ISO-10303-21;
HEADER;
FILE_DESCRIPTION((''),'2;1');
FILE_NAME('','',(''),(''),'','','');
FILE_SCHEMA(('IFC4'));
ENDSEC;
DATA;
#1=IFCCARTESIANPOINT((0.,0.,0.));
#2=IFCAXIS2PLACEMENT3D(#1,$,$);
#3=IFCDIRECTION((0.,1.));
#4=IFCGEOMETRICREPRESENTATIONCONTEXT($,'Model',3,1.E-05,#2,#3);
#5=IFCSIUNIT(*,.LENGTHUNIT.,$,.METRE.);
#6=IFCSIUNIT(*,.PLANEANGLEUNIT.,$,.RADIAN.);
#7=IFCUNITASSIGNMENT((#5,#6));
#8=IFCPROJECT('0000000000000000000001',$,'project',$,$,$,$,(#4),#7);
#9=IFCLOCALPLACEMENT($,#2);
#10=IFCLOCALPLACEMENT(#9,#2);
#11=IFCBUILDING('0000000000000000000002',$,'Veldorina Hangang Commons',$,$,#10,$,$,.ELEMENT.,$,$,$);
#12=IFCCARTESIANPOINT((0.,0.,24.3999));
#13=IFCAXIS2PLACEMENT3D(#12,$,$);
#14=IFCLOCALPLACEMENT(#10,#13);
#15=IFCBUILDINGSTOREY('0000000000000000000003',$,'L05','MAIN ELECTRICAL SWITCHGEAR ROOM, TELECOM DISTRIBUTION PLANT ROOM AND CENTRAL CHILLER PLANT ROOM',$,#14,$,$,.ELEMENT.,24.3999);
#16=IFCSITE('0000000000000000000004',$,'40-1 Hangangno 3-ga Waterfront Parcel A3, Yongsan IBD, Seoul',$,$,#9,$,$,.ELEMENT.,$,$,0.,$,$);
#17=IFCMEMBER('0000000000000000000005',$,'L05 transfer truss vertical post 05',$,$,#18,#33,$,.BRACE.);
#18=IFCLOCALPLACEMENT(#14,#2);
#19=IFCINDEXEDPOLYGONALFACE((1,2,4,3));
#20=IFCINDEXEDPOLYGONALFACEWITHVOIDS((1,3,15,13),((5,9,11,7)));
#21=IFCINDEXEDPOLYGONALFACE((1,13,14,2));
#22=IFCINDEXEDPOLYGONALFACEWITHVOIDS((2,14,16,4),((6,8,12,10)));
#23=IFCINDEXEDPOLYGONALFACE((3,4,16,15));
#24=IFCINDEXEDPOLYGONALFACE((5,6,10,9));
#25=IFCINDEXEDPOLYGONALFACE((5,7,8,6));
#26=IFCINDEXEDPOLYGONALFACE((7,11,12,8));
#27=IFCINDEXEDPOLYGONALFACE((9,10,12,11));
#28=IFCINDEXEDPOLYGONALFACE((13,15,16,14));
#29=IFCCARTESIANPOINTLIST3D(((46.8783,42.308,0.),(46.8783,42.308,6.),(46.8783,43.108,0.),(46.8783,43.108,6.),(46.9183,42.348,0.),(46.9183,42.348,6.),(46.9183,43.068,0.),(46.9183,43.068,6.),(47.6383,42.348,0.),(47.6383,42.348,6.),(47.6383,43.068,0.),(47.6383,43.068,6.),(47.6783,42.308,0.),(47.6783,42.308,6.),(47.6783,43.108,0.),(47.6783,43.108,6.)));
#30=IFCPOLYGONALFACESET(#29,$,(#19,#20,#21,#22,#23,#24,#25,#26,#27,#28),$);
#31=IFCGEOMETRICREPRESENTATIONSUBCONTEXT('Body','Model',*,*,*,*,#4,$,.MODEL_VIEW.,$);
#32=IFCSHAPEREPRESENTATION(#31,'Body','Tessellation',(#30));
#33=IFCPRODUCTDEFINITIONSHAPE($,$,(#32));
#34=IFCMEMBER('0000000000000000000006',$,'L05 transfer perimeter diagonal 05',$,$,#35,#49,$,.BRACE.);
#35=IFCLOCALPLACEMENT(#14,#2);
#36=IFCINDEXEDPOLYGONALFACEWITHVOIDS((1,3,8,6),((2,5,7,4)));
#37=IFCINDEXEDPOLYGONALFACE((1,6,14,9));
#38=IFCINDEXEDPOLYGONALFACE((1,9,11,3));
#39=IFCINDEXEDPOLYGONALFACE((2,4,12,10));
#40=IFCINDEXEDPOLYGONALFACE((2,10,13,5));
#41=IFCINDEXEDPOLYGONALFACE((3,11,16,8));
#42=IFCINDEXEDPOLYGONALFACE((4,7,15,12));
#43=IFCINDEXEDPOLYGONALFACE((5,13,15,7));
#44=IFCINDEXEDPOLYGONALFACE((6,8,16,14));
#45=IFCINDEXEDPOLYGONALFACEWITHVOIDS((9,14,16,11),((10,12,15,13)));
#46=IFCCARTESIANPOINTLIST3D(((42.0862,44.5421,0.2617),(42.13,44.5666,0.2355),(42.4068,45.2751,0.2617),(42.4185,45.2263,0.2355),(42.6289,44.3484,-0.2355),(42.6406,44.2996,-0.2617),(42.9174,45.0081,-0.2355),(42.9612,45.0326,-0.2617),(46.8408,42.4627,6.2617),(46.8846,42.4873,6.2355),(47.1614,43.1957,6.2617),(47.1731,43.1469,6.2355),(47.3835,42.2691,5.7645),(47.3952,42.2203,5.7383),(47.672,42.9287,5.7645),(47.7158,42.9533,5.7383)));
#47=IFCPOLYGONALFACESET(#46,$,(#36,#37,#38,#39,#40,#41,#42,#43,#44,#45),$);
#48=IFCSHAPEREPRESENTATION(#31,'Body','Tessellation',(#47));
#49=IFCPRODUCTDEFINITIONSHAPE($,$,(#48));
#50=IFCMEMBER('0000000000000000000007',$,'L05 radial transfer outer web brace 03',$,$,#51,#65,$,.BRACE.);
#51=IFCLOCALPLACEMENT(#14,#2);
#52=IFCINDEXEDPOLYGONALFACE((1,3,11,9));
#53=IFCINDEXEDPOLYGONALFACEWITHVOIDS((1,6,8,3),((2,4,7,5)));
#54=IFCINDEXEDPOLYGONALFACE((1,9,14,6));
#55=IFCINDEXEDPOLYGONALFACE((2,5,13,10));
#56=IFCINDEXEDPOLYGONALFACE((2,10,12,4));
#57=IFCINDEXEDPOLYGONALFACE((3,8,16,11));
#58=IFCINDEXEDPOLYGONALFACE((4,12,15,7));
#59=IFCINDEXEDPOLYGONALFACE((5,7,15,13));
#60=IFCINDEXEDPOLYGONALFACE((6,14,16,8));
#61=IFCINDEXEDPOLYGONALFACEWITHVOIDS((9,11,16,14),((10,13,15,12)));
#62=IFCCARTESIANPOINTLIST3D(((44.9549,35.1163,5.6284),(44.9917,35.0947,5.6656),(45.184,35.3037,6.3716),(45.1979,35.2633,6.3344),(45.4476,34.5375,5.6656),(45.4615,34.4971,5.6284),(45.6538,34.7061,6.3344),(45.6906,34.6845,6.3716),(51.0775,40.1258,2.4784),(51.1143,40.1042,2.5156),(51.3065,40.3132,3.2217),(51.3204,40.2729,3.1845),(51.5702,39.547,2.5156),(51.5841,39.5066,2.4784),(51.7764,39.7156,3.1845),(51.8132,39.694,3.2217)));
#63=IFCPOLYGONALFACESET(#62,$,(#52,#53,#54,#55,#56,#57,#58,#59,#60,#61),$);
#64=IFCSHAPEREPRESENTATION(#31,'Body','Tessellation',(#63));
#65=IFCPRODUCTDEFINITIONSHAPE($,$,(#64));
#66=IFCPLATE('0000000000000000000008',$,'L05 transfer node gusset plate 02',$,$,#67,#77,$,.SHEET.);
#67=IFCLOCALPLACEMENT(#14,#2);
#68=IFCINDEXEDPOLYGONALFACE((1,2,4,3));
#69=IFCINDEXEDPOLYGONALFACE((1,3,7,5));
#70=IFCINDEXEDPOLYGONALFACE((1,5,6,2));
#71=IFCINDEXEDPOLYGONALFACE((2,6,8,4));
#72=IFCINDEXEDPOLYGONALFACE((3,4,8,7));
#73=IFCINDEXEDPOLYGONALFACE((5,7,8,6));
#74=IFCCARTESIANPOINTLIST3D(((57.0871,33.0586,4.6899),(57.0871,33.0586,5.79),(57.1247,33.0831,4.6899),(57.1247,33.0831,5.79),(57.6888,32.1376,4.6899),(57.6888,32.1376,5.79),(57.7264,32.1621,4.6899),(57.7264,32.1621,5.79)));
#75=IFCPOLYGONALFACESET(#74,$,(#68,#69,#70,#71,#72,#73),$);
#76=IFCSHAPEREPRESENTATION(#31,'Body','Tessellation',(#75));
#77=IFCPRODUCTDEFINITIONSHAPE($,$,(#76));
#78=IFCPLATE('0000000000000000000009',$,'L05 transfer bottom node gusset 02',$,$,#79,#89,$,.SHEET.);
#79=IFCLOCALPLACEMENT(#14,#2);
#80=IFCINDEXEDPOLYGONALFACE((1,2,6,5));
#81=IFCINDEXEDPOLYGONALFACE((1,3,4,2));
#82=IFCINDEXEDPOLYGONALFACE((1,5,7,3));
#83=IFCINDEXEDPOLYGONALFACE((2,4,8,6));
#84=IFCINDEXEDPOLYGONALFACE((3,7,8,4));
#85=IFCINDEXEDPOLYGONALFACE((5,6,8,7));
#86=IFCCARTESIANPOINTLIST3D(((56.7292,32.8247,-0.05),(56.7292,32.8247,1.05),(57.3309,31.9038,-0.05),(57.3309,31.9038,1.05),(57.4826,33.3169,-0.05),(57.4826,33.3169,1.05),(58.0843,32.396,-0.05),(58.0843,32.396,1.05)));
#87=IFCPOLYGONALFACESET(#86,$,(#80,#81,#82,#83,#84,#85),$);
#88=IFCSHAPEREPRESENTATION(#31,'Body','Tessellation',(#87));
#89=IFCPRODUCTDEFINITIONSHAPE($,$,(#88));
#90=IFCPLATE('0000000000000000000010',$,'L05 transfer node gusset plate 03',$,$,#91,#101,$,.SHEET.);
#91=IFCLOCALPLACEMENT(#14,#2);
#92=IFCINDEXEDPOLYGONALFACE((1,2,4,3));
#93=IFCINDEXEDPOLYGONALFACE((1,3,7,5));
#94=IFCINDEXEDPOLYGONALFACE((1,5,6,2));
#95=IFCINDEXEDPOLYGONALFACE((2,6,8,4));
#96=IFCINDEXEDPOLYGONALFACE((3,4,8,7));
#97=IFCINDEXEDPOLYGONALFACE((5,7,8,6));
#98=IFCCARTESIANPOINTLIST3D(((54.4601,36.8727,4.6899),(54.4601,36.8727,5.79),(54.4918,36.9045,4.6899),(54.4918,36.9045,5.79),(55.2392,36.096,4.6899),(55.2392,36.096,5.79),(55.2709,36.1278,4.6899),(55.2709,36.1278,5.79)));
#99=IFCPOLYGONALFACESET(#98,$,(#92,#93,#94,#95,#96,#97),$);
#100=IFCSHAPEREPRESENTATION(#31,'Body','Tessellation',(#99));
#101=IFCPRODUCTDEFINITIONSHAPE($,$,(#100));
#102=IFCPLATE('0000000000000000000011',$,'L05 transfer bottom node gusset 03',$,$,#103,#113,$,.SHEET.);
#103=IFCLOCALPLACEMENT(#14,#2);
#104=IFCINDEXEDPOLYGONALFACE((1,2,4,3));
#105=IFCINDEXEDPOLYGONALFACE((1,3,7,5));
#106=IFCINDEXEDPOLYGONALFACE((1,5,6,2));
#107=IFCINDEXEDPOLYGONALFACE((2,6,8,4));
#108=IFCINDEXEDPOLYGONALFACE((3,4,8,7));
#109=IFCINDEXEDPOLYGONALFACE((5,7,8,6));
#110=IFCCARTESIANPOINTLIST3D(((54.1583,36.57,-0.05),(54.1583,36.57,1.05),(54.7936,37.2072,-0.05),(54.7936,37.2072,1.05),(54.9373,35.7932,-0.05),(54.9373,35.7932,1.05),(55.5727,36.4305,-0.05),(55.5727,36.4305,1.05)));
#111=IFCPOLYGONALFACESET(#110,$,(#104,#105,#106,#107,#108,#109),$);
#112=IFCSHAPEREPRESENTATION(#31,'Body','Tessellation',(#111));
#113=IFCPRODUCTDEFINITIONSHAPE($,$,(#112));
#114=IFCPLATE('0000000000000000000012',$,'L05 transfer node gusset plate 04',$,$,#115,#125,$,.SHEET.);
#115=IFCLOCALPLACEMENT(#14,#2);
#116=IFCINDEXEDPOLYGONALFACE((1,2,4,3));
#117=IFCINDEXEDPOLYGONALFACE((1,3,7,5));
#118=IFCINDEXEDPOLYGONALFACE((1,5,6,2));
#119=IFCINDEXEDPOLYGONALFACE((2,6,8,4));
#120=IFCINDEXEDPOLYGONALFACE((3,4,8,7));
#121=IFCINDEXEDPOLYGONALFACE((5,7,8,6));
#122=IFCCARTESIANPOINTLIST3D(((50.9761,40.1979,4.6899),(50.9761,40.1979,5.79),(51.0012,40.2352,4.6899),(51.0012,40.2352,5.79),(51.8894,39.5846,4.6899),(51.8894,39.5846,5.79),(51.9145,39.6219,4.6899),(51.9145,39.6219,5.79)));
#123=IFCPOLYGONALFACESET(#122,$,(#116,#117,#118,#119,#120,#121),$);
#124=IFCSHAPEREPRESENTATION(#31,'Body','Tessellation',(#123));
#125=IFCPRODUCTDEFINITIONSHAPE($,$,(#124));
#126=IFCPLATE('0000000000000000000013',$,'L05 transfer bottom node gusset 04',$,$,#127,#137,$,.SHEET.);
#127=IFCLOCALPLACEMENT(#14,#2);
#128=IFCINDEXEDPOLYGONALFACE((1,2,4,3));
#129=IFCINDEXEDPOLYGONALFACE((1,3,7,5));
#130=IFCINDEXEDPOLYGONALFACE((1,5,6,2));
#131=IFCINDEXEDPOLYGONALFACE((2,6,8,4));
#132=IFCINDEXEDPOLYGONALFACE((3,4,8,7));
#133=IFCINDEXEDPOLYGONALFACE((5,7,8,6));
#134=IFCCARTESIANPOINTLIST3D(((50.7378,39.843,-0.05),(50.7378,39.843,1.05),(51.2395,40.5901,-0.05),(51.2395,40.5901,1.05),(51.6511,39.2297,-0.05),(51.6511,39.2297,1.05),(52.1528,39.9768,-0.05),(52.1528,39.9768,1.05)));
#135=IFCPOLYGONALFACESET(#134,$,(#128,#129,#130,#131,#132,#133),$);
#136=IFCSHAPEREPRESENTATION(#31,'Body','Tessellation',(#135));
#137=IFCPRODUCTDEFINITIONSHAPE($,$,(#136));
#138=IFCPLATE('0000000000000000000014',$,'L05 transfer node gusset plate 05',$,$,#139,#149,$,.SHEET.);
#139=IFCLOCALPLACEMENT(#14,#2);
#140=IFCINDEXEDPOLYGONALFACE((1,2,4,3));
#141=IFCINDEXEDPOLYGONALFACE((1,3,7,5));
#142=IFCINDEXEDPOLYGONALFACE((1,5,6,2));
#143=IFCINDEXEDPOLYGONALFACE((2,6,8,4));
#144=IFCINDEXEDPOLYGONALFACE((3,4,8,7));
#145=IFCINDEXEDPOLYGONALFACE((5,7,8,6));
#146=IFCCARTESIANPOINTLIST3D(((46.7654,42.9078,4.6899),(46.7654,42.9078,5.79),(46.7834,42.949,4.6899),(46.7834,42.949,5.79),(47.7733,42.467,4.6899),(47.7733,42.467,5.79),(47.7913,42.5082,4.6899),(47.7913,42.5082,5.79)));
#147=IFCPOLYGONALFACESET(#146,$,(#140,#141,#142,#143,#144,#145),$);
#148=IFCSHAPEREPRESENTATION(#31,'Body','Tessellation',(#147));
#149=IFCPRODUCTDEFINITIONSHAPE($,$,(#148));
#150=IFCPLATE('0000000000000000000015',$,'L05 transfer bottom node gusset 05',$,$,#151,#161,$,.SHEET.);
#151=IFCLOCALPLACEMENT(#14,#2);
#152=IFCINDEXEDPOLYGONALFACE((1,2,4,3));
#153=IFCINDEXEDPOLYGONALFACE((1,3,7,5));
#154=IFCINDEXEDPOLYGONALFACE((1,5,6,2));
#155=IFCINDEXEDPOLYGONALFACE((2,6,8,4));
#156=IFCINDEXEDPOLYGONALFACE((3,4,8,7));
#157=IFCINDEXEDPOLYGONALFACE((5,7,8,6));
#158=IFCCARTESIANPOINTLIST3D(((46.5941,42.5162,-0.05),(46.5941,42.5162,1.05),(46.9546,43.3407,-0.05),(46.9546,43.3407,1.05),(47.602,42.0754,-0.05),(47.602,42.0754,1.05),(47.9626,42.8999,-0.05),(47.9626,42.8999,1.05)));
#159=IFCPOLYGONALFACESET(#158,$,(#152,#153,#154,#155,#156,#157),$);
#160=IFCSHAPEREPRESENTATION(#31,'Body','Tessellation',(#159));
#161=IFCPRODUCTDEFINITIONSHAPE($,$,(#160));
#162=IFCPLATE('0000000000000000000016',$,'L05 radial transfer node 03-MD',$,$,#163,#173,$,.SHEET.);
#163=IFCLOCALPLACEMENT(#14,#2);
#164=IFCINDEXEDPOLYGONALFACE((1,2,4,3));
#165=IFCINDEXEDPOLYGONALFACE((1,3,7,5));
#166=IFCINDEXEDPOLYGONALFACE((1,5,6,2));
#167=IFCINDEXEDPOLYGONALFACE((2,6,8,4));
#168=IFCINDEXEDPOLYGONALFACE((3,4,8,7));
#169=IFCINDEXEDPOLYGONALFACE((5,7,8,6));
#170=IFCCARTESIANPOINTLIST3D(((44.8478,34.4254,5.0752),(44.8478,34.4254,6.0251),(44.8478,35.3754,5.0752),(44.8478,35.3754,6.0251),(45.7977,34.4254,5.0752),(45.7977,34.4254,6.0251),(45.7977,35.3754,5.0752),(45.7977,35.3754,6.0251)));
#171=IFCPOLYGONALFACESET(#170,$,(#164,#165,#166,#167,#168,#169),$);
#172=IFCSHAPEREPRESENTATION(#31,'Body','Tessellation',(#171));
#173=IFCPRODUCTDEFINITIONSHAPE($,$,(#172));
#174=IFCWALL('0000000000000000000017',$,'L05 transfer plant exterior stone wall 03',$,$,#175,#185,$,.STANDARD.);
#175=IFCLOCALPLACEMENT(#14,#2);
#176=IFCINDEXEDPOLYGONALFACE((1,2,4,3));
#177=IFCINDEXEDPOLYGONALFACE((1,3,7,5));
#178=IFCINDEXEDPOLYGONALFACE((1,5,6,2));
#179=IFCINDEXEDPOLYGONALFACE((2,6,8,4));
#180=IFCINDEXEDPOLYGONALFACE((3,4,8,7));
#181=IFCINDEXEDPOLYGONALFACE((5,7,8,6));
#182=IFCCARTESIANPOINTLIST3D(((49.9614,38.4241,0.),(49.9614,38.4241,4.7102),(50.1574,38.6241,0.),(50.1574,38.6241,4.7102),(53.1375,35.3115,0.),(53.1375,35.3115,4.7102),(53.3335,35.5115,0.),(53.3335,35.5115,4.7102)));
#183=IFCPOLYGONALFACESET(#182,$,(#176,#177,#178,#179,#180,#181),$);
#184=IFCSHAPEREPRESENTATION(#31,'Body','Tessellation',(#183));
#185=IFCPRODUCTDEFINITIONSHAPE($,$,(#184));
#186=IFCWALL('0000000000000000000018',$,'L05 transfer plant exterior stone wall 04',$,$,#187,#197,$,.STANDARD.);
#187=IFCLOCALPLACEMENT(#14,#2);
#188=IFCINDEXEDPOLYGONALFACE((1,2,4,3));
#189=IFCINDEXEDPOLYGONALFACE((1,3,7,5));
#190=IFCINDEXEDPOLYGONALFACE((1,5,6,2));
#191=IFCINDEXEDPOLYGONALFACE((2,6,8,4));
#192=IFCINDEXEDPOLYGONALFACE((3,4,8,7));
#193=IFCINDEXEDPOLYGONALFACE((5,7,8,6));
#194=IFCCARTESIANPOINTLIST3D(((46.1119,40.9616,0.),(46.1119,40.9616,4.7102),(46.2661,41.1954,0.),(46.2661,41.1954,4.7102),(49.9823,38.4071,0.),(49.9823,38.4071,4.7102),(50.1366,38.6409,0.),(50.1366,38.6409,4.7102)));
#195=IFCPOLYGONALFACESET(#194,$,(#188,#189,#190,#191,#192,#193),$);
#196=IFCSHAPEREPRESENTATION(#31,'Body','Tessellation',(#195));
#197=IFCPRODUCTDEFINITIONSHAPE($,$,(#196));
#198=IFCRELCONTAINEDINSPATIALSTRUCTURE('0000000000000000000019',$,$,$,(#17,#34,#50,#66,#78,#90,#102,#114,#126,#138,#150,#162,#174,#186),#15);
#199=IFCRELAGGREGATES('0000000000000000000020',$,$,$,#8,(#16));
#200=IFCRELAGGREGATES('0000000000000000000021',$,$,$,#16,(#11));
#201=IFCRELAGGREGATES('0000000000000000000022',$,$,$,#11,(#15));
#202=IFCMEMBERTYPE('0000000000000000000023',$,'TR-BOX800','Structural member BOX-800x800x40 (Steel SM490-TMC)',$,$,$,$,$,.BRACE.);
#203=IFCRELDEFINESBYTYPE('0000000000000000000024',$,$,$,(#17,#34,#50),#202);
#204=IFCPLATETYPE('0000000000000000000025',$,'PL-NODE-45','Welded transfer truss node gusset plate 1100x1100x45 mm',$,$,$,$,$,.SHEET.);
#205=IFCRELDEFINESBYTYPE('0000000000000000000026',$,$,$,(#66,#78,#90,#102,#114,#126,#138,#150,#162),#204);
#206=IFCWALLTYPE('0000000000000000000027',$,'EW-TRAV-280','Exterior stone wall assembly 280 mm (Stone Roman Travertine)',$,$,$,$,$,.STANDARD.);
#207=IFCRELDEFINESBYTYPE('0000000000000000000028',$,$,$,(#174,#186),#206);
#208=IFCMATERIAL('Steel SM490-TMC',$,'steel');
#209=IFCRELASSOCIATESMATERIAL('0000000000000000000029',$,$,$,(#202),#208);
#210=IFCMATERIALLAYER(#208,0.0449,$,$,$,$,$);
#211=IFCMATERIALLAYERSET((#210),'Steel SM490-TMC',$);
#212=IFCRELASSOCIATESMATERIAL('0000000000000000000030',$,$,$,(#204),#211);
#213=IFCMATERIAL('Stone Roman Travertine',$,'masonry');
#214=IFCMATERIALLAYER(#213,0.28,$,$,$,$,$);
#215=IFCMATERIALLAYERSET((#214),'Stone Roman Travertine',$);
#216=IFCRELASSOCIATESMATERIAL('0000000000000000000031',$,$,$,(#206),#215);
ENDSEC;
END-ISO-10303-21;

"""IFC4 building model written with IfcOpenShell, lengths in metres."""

from ifc_helpers import new_model, si_unit, direction, frame, frame_2d, origin, origin_2d, place, context, subcontext, project, spatial, rectangle, hollow_rectangle, extrude, material, layer, layer_set, material_profile, profile_set, type_object, element, save


model = new_model("IFC4")

# Units and contexts
model_context = context("Model", 3, precision=1e-05, world=origin(), true_north=direction((0.0, 1.0)))
body_context = subcontext(model_context, "Body", "Model", "MODEL_VIEW")
ifc_project = project(units=[si_unit("LENGTHUNIT", "METRE"), si_unit("PLANEANGLEUNIT", "RADIAN")], contexts=[model_context])

# Site, building, storey
site_placement = place(None, origin())
site = spatial("IfcSite", under=ifc_project, at=site_placement, Name="40-1 Hangangno 3-ga Waterfront Parcel A3, Yongsan IBD, Seoul", CompositionType="ELEMENT", RefElevation=0.0)
building_placement = place(site_placement, origin())
building = spatial("IfcBuilding", under=site, at=building_placement, Name="Veldorina Hangang Commons", CompositionType="ELEMENT")
storey_placement = place(building_placement, frame((0.0, 0.0, 24.3999)))
storey = spatial("IfcBuildingStorey", under=building, at=storey_placement, Name="L05", Description="MAIN ELECTRICAL SWITCHGEAR ROOM, TELECOM DISTRIBUTION PLANT ROOM AND CENTRAL CHILLER PLANT ROOM", CompositionType="ELEMENT", Elevation=24.3999)

# Shared definitions
ifc_material_1 = material(Name="Steel SM490-TMC", Category="steel")

# Members
ifc_material_profile_1 = material_profile(ifc_material_1, hollow_rectangle(XDim=0.8, YDim=0.8, WallThickness=0.04, at=origin_2d()), Name="BOX-800x800x40")
ifc_profile_set_1 = profile_set([ifc_material_profile_1], Name="Steel SM490-TMC")
member_type = type_object("IfcMemberType", Name="TR-BOX800", Description="Structural member BOX-800x800x40 (Steel SM490-TMC)", PredefinedType="BRACE", material=ifc_profile_set_1)
member_1_placement = place(storey_placement, frame((47.2783, 42.708, 0.0), z_axis=(0.0, 0.0, 1.0), x_axis=(1.0, 0.0, 0.0)))
element("IfcMember", 1, at=member_1_placement, inside=storey, type_object=member_type, Name="L05 transfer truss vertical post 05", PredefinedType="BRACE", context=body_context, shape_type="SweptSolid", body=[
    extrude(hollow_rectangle(XDim=0.8, YDim=0.8, WallThickness=0.04, at=origin_2d()), origin(), (0.0, 0.0, 1.0), 6.0),
])
member_2_placement = place(storey_placement, frame((47.2783, 42.708, 6.0), z_axis=(-0.59936, 0.262118, -0.756348), x_axis=(-0.400688, -0.916215, 0.0)))
element("IfcMember", 2, at=member_2_placement, inside=storey, type_object=member_type, Name="L05 transfer perimeter diagonal 05", PredefinedType="BRACE", context=body_context, shape_type="SweptSolid", body=[
    extrude(hollow_rectangle(XDim=0.8, YDim=0.8, WallThickness=0.04, at=origin_2d()), origin(), (0.0, 0.0, 1.0), 7.9329),
])
member_3_placement = place(storey_placement, frame((45.3228, 34.9004, 6.0), z_axis=(0.719044, 0.588327, -0.36993), x_axis=(-0.63325, 0.773948, 0.0)))
element("IfcMember", 3, at=member_3_placement, inside=storey, type_object=member_type, Name="L05 radial transfer outer web brace 03", PredefinedType="BRACE", context=body_context, shape_type="SweptSolid", body=[
    extrude(hollow_rectangle(XDim=0.8, YDim=0.8, WallThickness=0.04, at=origin_2d()), origin(), (0.0, 0.0, 1.0), 8.5149),
])

# Plates
ifc_layer_1 = layer(ifc_material_1, 0.0449)
ifc_layer_set_1 = layer_set([ifc_layer_1], Name="Steel SM490-TMC")
plate_type = type_object("IfcPlateType", Name="PL-NODE-45", Description="Welded transfer truss node gusset plate 1100x1100x45 mm", PredefinedType="SHEET", material=ifc_layer_set_1)
plate_1_placement = place(storey_placement, frame((57.4067, 32.6104, 4.6899), z_axis=(0.0, 0.0, 1.0), x_axis=(-0.546935, 0.837175, 0.0)))
element("IfcPlate", 4, at=plate_1_placement, inside=storey, type_object=plate_type, Name="L05 transfer node gusset plate 02", PredefinedType="SHEET", context=body_context, shape_type="SweptSolid", body=[
    extrude(rectangle(XDim=1.1001, YDim=0.0449, at=origin_2d()), origin(), (0.0, 0.0, 1.0), 1.1001),
])
plate_2_placement = place(storey_placement, frame((57.4067, 32.6104, -0.05), z_axis=(0.0, 0.0, 1.0), x_axis=(-0.546935, 0.837175, 0.0)))
element("IfcPlate", 5, at=plate_2_placement, inside=storey, type_object=plate_type, Name="L05 transfer bottom node gusset 02", PredefinedType="SHEET", context=body_context, shape_type="SweptSolid", body=[
    extrude(rectangle(XDim=1.1001, YDim=0.8999, at=origin_2d()), origin(), (0.0, 0.0, 1.0), 1.1001),
])
plate_3_placement = place(storey_placement, frame((54.8655, 36.5002, 4.6899), z_axis=(0.0, 0.0, 1.0), x_axis=(-0.70818, 0.706032, 0.0)))
element("IfcPlate", 6, at=plate_3_placement, inside=storey, type_object=plate_type, Name="L05 transfer node gusset plate 03", PredefinedType="SHEET", context=body_context, shape_type="SweptSolid", body=[
    extrude(rectangle(XDim=1.1001, YDim=0.0449, at=origin_2d()), origin(), (0.0, 0.0, 1.0), 1.1001),
])
plate_4_placement = place(storey_placement, frame((54.8655, 36.5002, -0.05), z_axis=(0.0, 0.0, 1.0), x_axis=(-0.70818, 0.706032, 0.0)))
element("IfcPlate", 7, at=plate_4_placement, inside=storey, type_object=plate_type, Name="L05 transfer bottom node gusset 03", PredefinedType="SHEET", context=body_context, shape_type="SweptSolid", body=[
    extrude(rectangle(XDim=1.1001, YDim=0.8999, at=origin_2d()), origin(), (0.0, 0.0, 1.0), 1.1001),
])
plate_5_placement = place(storey_placement, frame((51.4453, 39.9099, 4.6899), z_axis=(0.0, 0.0, 1.0), x_axis=(-0.830197, 0.55747, 0.0)))
element("IfcPlate", 8, at=plate_5_placement, inside=storey, type_object=plate_type, Name="L05 transfer node gusset plate 04", PredefinedType="SHEET", context=body_context, shape_type="SweptSolid", body=[
    extrude(rectangle(XDim=1.1001, YDim=0.0449, at=origin_2d()), origin(), (0.0, 0.0, 1.0), 1.1001),
])
plate_6_placement = place(storey_placement, frame((51.4453, 39.9099, -0.05), z_axis=(0.0, 0.0, 1.0), x_axis=(-0.830197, 0.55747, 0.0)))
element("IfcPlate", 9, at=plate_6_placement, inside=storey, type_object=plate_type, Name="L05 transfer bottom node gusset 04", PredefinedType="SHEET", context=body_context, shape_type="SweptSolid", body=[
    extrude(rectangle(XDim=1.1001, YDim=0.8999, at=origin_2d()), origin(), (0.0, 0.0, 1.0), 1.1001),
])
plate_7_placement = place(storey_placement, frame((47.2783, 42.708, 4.6899), z_axis=(0.0, 0.0, 1.0), x_axis=(-0.916216, 0.400685, 0.0)))
element("IfcPlate", 10, at=plate_7_placement, inside=storey, type_object=plate_type, Name="L05 transfer node gusset plate 05", PredefinedType="SHEET", context=body_context, shape_type="SweptSolid", body=[
    extrude(rectangle(XDim=1.1001, YDim=0.0449, at=origin_2d()), origin(), (0.0, 0.0, 1.0), 1.1001),
])
plate_8_placement = place(storey_placement, frame((47.2783, 42.708, -0.05), z_axis=(0.0, 0.0, 1.0), x_axis=(-0.916216, 0.400685, 0.0)))
element("IfcPlate", 11, at=plate_8_placement, inside=storey, type_object=plate_type, Name="L05 transfer bottom node gusset 05", PredefinedType="SHEET", context=body_context, shape_type="SweptSolid", body=[
    extrude(rectangle(XDim=1.1001, YDim=0.8999, at=origin_2d()), origin(), (0.0, 0.0, 1.0), 1.1001),
])
plate_9_placement = place(storey_placement, frame((45.3228, 34.9004, 5.0752), z_axis=(0.0, 0.0, 1.0), x_axis=(1.0, 0.0, 0.0)))
element("IfcPlate", 12, at=plate_9_placement, inside=storey, type_object=plate_type, Name="L05 radial transfer node 03-MD", PredefinedType="SHEET", context=body_context, shape_type="SweptSolid", body=[
    extrude(rectangle(XDim=0.95, YDim=0.95, at=origin_2d()), origin(), (0.0, 0.0, 1.0), 0.95),
])

# Walls
ifc_material_2 = material(Name="Stone Roman Travertine", Category="masonry")
ifc_layer_2 = layer(ifc_material_2, 0.28)
ifc_layer_set_2 = layer_set([ifc_layer_2], Name="Stone Roman Travertine")
wall_type_1 = type_object("IfcWallType", Name="EW-TRAV-280", Description="Exterior stone wall assembly 280 mm (Stone Roman Travertine)", PredefinedType="STANDARD", material=ifc_layer_set_2)
wall_1_placement = place(storey_placement, frame((53.2356, 35.4114, 0.0), z_axis=(0.0, 0.0, 1.0), x_axis=(-0.714208, 0.699934, 0.0)))
element("IfcWall", 13, at=wall_1_placement, inside=storey, type_object=wall_type_1, Name="L05 transfer plant exterior stone wall 03", PredefinedType="STANDARD", context=body_context, shape_type="SweptSolid", body=[
    extrude(rectangle(XDim=4.447, YDim=0.28, at=frame_2d((2.2236, 0.0))), origin(), (0.0, 0.0, 1.0), 4.7102),
])
wall_2_placement = place(storey_placement, frame((50.0596, 38.5239, 0.0), z_axis=(0.0, 0.0, 1.0), x_axis=(-0.834609, 0.550843, 0.0)))
element("IfcWall", 14, at=wall_2_placement, inside=storey, type_object=wall_type_1, Name="L05 transfer plant exterior stone wall 04", PredefinedType="STANDARD", context=body_context, shape_type="SweptSolid", body=[
    extrude(rectangle(XDim=4.6375, YDim=0.28, at=frame_2d((2.3188, 0.0))), origin(), (0.0, 0.0, 1.0), 4.7102),
])

save(model, "model.ifc")
